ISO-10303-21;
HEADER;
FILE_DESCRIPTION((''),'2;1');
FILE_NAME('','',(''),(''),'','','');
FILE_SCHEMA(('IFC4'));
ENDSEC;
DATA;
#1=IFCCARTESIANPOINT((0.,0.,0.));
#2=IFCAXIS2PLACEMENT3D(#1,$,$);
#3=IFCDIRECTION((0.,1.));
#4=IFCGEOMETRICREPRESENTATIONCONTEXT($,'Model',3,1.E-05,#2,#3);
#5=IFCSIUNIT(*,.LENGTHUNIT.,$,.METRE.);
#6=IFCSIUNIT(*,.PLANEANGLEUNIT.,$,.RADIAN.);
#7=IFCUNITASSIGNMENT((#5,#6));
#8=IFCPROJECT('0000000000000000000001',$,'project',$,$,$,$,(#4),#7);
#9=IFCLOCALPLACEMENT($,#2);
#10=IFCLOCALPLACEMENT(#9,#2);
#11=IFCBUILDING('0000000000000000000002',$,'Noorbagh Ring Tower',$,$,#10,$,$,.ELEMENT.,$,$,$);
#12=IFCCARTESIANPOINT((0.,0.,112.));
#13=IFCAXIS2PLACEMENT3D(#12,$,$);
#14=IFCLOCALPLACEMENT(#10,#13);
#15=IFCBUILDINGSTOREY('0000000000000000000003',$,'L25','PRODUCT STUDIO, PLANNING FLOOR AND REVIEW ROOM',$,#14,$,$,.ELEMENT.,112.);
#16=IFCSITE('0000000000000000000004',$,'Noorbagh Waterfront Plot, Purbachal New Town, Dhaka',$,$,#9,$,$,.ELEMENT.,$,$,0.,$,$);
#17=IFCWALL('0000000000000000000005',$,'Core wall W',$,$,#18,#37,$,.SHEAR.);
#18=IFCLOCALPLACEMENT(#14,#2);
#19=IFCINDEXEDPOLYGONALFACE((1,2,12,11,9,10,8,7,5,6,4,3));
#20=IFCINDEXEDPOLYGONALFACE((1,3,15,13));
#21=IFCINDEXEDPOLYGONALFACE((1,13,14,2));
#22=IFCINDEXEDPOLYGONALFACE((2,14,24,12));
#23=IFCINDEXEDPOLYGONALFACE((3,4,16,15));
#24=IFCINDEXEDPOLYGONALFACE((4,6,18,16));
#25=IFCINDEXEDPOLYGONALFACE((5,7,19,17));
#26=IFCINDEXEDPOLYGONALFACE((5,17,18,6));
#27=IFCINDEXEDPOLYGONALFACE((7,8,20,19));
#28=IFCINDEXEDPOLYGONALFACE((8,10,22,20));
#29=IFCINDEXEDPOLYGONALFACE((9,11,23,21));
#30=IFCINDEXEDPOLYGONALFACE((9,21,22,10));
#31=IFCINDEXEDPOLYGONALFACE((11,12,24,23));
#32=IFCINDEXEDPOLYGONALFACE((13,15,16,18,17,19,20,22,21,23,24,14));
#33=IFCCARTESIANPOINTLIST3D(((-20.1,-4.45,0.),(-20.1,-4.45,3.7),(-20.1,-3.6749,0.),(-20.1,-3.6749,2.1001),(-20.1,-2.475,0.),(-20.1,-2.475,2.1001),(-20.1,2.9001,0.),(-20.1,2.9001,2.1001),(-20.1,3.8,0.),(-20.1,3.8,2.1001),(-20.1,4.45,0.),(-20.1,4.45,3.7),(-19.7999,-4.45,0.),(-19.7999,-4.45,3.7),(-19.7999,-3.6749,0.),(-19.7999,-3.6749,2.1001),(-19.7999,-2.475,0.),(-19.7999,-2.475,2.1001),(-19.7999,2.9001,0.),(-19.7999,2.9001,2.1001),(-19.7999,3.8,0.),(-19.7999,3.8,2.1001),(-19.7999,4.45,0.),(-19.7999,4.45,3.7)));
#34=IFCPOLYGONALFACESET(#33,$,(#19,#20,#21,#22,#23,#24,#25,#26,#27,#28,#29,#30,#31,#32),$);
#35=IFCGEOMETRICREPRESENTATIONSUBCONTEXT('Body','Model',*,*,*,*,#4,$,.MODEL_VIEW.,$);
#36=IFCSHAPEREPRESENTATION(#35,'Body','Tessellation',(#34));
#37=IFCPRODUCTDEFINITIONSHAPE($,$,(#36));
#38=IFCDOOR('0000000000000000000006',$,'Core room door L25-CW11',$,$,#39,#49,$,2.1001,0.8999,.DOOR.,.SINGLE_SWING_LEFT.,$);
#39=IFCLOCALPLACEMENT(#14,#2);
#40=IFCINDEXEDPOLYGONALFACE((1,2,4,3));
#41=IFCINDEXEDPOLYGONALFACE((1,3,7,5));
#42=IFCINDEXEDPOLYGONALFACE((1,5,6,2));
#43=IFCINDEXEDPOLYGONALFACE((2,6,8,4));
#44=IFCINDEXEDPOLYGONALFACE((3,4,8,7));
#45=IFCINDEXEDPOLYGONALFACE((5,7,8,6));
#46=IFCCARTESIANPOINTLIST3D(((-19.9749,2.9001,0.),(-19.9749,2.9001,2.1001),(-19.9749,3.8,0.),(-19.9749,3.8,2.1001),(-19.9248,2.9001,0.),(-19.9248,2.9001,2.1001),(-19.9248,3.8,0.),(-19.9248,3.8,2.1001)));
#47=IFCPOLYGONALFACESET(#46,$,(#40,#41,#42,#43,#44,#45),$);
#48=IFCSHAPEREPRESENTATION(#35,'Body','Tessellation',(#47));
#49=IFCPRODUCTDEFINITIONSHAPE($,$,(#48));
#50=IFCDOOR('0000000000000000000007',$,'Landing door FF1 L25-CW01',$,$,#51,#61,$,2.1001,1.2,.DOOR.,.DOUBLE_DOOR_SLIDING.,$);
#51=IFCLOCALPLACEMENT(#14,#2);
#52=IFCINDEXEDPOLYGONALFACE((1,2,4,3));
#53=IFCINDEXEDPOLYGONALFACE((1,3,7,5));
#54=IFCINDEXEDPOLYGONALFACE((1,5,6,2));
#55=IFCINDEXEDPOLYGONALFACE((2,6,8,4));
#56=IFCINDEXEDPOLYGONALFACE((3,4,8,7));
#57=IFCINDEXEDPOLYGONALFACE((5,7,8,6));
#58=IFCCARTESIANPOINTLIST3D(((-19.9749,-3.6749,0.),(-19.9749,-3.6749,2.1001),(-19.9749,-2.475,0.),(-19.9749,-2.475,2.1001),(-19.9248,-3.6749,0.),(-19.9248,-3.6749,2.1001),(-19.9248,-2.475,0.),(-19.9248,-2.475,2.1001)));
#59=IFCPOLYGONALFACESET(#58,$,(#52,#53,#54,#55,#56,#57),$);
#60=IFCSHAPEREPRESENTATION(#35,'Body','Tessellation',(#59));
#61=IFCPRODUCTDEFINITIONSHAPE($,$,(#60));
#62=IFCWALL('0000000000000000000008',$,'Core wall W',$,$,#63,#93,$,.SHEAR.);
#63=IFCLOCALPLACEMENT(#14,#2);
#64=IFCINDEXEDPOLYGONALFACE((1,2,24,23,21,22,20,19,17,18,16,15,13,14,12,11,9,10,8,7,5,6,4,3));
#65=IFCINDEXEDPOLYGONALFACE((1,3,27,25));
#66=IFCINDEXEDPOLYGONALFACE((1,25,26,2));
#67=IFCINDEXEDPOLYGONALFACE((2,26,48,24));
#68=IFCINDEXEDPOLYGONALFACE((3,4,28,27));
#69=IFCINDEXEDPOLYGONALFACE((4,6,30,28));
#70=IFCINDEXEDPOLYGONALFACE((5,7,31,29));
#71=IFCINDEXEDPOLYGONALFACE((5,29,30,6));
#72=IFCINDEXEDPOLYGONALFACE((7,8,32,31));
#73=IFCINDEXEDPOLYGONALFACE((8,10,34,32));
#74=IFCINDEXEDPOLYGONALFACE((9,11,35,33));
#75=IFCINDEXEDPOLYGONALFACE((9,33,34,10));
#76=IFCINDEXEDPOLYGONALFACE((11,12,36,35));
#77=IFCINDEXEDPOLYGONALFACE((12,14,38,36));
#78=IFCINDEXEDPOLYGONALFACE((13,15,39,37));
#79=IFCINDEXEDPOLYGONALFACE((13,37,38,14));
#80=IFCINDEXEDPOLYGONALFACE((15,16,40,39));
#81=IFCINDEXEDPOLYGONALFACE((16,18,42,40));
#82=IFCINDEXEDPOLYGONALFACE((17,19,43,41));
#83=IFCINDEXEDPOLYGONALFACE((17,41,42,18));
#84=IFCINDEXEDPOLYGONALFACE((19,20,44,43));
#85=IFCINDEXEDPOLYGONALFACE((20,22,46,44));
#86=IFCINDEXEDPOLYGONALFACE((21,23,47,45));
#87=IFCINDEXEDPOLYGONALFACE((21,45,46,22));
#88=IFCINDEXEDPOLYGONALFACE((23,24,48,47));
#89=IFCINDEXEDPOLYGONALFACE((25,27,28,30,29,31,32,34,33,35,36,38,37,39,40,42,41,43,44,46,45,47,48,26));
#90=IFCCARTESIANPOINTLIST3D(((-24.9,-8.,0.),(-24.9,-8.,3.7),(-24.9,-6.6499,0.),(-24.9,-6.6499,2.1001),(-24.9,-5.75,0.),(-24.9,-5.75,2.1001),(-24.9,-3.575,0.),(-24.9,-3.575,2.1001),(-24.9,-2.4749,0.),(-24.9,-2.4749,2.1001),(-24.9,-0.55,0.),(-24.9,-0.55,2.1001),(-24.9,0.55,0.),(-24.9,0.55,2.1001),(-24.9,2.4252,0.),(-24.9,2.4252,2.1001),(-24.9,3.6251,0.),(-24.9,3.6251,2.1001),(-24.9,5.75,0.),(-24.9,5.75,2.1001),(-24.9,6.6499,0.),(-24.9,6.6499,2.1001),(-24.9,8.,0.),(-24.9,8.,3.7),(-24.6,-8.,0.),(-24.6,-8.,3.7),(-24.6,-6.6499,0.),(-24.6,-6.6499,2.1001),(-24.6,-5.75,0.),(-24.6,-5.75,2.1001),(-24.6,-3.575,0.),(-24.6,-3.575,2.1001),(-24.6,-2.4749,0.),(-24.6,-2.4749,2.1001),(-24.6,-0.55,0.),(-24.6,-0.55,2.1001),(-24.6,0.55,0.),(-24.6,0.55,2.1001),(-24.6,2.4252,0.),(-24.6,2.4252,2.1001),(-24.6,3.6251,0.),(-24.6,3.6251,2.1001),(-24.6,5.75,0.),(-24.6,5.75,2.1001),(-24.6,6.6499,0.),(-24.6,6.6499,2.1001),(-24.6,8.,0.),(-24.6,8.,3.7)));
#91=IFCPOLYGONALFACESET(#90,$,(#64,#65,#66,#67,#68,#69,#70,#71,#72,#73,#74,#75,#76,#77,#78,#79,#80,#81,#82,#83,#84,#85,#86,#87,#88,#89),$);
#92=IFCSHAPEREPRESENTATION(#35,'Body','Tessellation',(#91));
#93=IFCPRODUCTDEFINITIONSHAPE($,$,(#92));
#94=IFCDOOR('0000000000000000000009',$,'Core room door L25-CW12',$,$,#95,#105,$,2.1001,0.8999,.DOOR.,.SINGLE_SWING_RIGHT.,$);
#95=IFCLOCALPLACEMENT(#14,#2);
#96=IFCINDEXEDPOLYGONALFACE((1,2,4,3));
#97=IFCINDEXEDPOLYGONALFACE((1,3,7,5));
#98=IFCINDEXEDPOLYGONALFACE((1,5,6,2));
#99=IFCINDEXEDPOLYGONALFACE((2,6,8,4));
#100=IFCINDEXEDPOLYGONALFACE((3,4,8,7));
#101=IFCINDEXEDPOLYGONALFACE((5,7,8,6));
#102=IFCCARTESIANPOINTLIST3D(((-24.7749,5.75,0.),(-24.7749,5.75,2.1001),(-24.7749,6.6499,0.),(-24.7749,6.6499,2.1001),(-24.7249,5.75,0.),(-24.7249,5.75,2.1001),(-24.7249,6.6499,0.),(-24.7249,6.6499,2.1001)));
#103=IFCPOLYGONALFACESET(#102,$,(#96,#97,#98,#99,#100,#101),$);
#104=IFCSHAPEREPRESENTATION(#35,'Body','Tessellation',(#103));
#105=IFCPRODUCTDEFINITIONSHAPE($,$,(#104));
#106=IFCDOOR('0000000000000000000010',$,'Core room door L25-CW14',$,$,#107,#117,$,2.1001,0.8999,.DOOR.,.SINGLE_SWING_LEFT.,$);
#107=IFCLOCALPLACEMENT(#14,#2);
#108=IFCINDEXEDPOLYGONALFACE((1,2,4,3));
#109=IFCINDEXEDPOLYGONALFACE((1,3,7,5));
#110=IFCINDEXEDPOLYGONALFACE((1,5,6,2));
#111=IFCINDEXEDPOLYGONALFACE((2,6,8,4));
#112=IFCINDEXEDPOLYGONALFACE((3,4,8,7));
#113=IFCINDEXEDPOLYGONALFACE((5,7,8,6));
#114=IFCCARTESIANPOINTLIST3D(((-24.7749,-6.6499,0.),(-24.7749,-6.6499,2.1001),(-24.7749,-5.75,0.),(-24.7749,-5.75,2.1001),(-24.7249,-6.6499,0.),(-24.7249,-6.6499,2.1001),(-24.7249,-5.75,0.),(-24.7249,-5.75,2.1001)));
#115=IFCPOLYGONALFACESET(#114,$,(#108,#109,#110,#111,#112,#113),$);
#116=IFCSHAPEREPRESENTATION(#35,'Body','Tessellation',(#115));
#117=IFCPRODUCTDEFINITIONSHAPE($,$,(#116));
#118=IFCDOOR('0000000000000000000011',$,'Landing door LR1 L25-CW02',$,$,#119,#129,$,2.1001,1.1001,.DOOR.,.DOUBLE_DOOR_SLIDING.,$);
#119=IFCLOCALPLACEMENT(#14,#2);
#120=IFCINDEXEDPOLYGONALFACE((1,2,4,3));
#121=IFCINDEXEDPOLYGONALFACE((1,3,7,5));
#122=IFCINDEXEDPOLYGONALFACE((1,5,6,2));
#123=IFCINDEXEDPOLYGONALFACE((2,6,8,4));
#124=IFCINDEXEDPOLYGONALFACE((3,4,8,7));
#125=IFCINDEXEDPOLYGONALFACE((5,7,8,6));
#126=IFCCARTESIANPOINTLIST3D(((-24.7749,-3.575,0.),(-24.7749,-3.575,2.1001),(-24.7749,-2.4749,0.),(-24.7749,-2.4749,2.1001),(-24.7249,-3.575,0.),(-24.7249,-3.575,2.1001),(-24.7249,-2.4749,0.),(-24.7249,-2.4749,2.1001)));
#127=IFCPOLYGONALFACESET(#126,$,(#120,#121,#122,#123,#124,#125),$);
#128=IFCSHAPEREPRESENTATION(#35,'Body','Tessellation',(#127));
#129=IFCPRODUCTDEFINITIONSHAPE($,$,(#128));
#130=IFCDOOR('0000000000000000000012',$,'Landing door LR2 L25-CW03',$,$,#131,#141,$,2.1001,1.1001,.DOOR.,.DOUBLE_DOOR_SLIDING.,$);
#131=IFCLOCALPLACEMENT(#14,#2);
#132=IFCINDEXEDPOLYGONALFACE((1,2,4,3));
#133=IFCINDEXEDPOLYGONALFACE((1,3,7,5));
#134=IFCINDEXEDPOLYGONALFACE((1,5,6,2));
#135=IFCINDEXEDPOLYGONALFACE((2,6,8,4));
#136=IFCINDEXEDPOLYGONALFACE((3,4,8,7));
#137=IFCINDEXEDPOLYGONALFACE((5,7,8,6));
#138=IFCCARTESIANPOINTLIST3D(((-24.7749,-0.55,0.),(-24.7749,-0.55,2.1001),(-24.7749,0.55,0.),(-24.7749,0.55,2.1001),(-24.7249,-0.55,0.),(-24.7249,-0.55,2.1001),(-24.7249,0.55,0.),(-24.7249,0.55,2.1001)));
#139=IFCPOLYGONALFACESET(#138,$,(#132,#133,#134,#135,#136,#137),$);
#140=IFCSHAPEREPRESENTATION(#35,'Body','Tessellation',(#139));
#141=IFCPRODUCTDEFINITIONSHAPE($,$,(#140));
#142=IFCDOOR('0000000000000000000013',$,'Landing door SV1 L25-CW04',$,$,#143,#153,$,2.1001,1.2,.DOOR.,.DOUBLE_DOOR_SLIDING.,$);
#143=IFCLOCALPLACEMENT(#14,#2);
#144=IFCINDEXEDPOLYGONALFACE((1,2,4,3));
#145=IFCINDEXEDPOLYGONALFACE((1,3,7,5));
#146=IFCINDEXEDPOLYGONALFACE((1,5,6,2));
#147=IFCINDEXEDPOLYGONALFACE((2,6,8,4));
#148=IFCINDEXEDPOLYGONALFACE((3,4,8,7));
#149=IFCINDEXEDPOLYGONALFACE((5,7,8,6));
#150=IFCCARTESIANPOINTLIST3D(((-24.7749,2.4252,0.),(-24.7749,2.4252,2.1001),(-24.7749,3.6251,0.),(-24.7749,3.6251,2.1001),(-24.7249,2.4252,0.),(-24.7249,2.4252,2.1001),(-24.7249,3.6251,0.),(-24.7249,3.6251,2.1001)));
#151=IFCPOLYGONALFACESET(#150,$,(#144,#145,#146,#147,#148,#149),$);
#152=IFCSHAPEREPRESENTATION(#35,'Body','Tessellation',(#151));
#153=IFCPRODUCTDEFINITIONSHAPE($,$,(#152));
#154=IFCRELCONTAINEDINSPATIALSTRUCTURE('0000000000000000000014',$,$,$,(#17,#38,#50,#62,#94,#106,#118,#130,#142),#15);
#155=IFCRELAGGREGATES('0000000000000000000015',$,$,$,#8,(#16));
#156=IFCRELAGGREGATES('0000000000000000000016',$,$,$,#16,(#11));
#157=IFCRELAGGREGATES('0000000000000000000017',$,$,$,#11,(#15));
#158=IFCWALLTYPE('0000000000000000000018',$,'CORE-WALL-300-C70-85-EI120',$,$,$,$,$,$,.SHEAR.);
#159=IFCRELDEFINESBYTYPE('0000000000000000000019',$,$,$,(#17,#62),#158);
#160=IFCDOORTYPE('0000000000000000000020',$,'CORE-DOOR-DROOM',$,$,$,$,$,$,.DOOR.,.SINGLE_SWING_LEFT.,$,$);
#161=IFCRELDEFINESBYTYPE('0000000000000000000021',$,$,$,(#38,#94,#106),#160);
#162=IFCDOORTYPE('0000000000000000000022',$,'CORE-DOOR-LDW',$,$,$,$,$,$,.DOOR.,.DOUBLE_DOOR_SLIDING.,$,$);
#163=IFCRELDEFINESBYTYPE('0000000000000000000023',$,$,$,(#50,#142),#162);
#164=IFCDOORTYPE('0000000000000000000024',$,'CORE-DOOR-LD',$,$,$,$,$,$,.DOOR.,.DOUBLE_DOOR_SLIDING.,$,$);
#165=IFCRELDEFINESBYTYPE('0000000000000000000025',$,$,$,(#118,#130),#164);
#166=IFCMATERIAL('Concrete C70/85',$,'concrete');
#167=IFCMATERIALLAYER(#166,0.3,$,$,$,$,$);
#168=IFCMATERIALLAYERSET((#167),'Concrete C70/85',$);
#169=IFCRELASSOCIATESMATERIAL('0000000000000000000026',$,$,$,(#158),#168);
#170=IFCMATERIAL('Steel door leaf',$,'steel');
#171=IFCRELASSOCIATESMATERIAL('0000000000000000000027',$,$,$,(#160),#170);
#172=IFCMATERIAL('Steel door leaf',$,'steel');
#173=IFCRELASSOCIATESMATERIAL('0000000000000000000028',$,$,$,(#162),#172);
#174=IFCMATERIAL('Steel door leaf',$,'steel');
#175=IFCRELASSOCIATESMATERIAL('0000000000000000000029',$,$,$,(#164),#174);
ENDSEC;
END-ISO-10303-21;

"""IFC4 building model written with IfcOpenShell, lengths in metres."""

from ifc_helpers import new_model, si_unit, direction, frame, frame_2d, origin, place, context, subcontext, project, spatial, rectangle, extrude, material, layer, layer_set, type_object, element, fill, save


model = new_model("IFC4")

# Units and contexts
model_context = context("Model", 3, precision=1e-05, world=origin(), true_north=direction((0.0, 1.0)))
body_context = subcontext(model_context, "Body", "Model", "MODEL_VIEW")
ifc_project = project(units=[si_unit("LENGTHUNIT", "METRE"), si_unit("PLANEANGLEUNIT", "RADIAN")], contexts=[model_context])

# Site, building, storey
site_placement = place(None, origin())
site = spatial("IfcSite", under=ifc_project, at=site_placement, Name="Noorbagh Waterfront Plot, Purbachal New Town, Dhaka", CompositionType="ELEMENT", RefElevation=0.0)
building_placement = place(site_placement, origin())
building = spatial("IfcBuilding", under=site, at=building_placement, Name="Noorbagh Ring Tower", CompositionType="ELEMENT")
storey_placement = place(building_placement, frame((0.0, 0.0, 112.0)))
storey = spatial("IfcBuildingStorey", under=building, at=storey_placement, Name="L25", Description="PRODUCT STUDIO, PLANNING FLOOR AND REVIEW ROOM", CompositionType="ELEMENT", Elevation=112.0)

# Shared definitions
ifc_material_1 = material(Name="Concrete C70/85", Category="concrete")
ifc_layer_1 = layer(ifc_material_1, 0.3)
ifc_layer_set_1 = layer_set([ifc_layer_1], Name="Concrete C70/85")
wall_type_1 = type_object("IfcWallType", Name="CORE-WALL-300-C70-85-EI120", PredefinedType="SHEAR", material=ifc_layer_set_1)

# Walls, openings, doors
wall_1_placement = place(storey_placement, frame((-19.95, -4.45, 0.0), z_axis=(0.0, 0.0, 1.0), x_axis=(0.0, 1.0, 0.0)))
wall_1 = element("IfcWall", 1, at=wall_1_placement, inside=storey, type_object=wall_type_1, Name="Core wall W", PredefinedType="SHEAR", context=body_context, shape_type="SweptSolid", body=[
    extrude(rectangle(XDim=8.8999, YDim=0.3, at=frame_2d((4.45, 0.0))), origin(), (0.0, 0.0, 1.0), 3.7),
])
opening_1_placement = place(wall_1_placement, frame((0.7749, 0.0, 0.0)))
opening_1 = element("IfcOpeningElement", 2, at=opening_1_placement, cuts=wall_1, PredefinedType="OPENING", context=body_context, shape_type="SweptSolid", body=[
    extrude(rectangle(XDim=1.2, YDim=2.1001, at=frame_2d((0.6001, 1.05))), frame((0.0, 0.1602, 0.0), z_axis=(0.0, -1.0, 0.0), x_axis=(1.0, 0.0, 0.0)), (0.0, 0.0, 1.0), 0.3201),
])
opening_2_placement = place(wall_1_placement, frame((7.3501, 0.0, 0.0)))
opening_2 = element("IfcOpeningElement", 3, at=opening_2_placement, cuts=wall_1, PredefinedType="OPENING", context=body_context, shape_type="SweptSolid", body=[
    extrude(rectangle(XDim=0.8999, YDim=2.1001, at=frame_2d((0.45, 1.05))), frame((0.0, 0.1602, 0.0), z_axis=(0.0, -1.0, 0.0), x_axis=(1.0, 0.0, 0.0)), (0.0, 0.0, 1.0), 0.3201),
])
ifc_material_2 = material(Name="Steel door leaf", Category="steel")
door_type_1 = type_object("IfcDoorType", Name="CORE-DOOR-DROOM", OperationType="SINGLE_SWING_LEFT", PredefinedType="DOOR", material=ifc_material_2)
door_1_placement = place(opening_2_placement, origin())
door_1 = element("IfcDoor", 4, at=door_1_placement, inside=storey, type_object=door_type_1, Name="Core room door L25-CW11", OperationType="SINGLE_SWING_LEFT", OverallHeight=2.1001, OverallWidth=0.8999, PredefinedType="DOOR", context=body_context, shape_type="SweptSolid", body=[
    extrude(rectangle(XDim=0.8999, YDim=2.1001, at=frame_2d((0.45, 1.05))), frame((0.0, 0.0249, 0.0), z_axis=(0.0, -1.0, 0.0), x_axis=(1.0, 0.0, 0.0)), (0.0, 0.0, 1.0), 0.05),
])
fill(opening_2, door_1)
ifc_material_3 = material(Name="Steel door leaf", Category="steel")
door_type_2 = type_object("IfcDoorType", Name="CORE-DOOR-LDW", OperationType="DOUBLE_DOOR_SLIDING", PredefinedType="DOOR", material=ifc_material_3)
door_2_placement = place(opening_1_placement, origin())
door_2 = element("IfcDoor", 5, at=door_2_placement, inside=storey, type_object=door_type_2, Name="Landing door FF1 L25-CW01", OperationType="DOUBLE_DOOR_SLIDING", OverallHeight=2.1001, OverallWidth=1.2, PredefinedType="DOOR", context=body_context, shape_type="SweptSolid", body=[
    extrude(rectangle(XDim=1.2, YDim=2.1001, at=frame_2d((0.6001, 1.05))), frame((0.0, 0.0249, 0.0), z_axis=(0.0, -1.0, 0.0), x_axis=(1.0, 0.0, 0.0)), (0.0, 0.0, 1.0), 0.05),
])
fill(opening_1, door_2)
wall_2_placement = place(storey_placement, frame((-24.75, -8.0, 0.0), z_axis=(0.0, 0.0, 1.0), x_axis=(0.0, 1.0, 0.0)))
wall_2 = element("IfcWall", 6, at=wall_2_placement, inside=storey, type_object=wall_type_1, Name="Core wall W", PredefinedType="SHEAR", context=body_context, shape_type="SweptSolid", body=[
    extrude(rectangle(XDim=16.0, YDim=0.3, at=frame_2d((8.0, 0.0))), origin(), (0.0, 0.0, 1.0), 3.7),
])
opening_3_placement = place(wall_2_placement, frame((4.425, 0.0, 0.0)))
opening_3 = element("IfcOpeningElement", 7, at=opening_3_placement, cuts=wall_2, PredefinedType="OPENING", context=body_context, shape_type="SweptSolid", body=[
    extrude(rectangle(XDim=1.1001, YDim=2.1001, at=frame_2d((0.55, 1.05))), frame((0.0, 0.1602, 0.0), z_axis=(0.0, -1.0, 0.0), x_axis=(1.0, 0.0, 0.0)), (0.0, 0.0, 1.0), 0.3201),
])
opening_4_placement = place(wall_2_placement, frame((7.45, 0.0, 0.0)))
opening_4 = element("IfcOpeningElement", 8, at=opening_4_placement, cuts=wall_2, PredefinedType="OPENING", context=body_context, shape_type="SweptSolid", body=[
    extrude(rectangle(XDim=1.1001, YDim=2.1001, at=frame_2d((0.55, 1.05))), frame((0.0, 0.1602, 0.0), z_axis=(0.0, -1.0, 0.0), x_axis=(1.0, 0.0, 0.0)), (0.0, 0.0, 1.0), 0.3201),
])
opening_5_placement = place(wall_2_placement, frame((10.425, 0.0, 0.0)))
opening_5 = element("IfcOpeningElement", 9, at=opening_5_placement, cuts=wall_2, PredefinedType="OPENING", context=body_context, shape_type="SweptSolid", body=[
    extrude(rectangle(XDim=1.2, YDim=2.1001, at=frame_2d((0.6001, 1.05))), frame((0.0, 0.1602, 0.0), z_axis=(0.0, -1.0, 0.0), x_axis=(1.0, 0.0, 0.0)), (0.0, 0.0, 1.0), 0.3201),
])
opening_6_placement = place(wall_2_placement, frame((13.75, 0.0, 0.0)))
opening_6 = element("IfcOpeningElement", 10, at=opening_6_placement, cuts=wall_2, PredefinedType="OPENING", context=body_context, shape_type="SweptSolid", body=[
    extrude(rectangle(XDim=0.8999, YDim=2.1001, at=frame_2d((0.45, 1.05))), frame((0.0, 0.1602, 0.0), z_axis=(0.0, -1.0, 0.0), x_axis=(1.0, 0.0, 0.0)), (0.0, 0.0, 1.0), 0.3201),
])
opening_7_placement = place(wall_2_placement, frame((1.3501, 0.0, 0.0)))
opening_7 = element("IfcOpeningElement", 11, at=opening_7_placement, cuts=wall_2, PredefinedType="OPENING", context=body_context, shape_type="SweptSolid", body=[
    extrude(rectangle(XDim=0.8999, YDim=2.1001, at=frame_2d((0.45, 1.05))), frame((0.0, 0.1602, 0.0), z_axis=(0.0, -1.0, 0.0), x_axis=(1.0, 0.0, 0.0)), (0.0, 0.0, 1.0), 0.3201),
])
door_3_placement = place(opening_6_placement, origin())
door_3 = element("IfcDoor", 12, at=door_3_placement, inside=storey, type_object=door_type_1, Name="Core room door L25-CW12", OperationType="SINGLE_SWING_RIGHT", OverallHeight=2.1001, OverallWidth=0.8999, PredefinedType="DOOR", context=body_context, shape_type="SweptSolid", body=[
    extrude(rectangle(XDim=0.8999, YDim=2.1001, at=frame_2d((0.45, 1.05))), frame((0.0, 0.0249, 0.0), z_axis=(0.0, -1.0, 0.0), x_axis=(1.0, 0.0, 0.0)), (0.0, 0.0, 1.0), 0.05),
])
fill(opening_6, door_3)
door_4_placement = place(opening_7_placement, origin())
door_4 = element("IfcDoor", 13, at=door_4_placement, inside=storey, type_object=door_type_1, Name="Core room door L25-CW14", OperationType="SINGLE_SWING_LEFT", OverallHeight=2.1001, OverallWidth=0.8999, PredefinedType="DOOR", context=body_context, shape_type="SweptSolid", body=[
    extrude(rectangle(XDim=0.8999, YDim=2.1001, at=frame_2d((0.45, 1.05))), frame((0.0, 0.0249, 0.0), z_axis=(0.0, -1.0, 0.0), x_axis=(1.0, 0.0, 0.0)), (0.0, 0.0, 1.0), 0.05),
])
fill(opening_7, door_4)
ifc_material_4 = material(Name="Steel door leaf", Category="steel")
door_type_3 = type_object("IfcDoorType", Name="CORE-DOOR-LD", OperationType="DOUBLE_DOOR_SLIDING", PredefinedType="DOOR", material=ifc_material_4)
door_5_placement = place(opening_3_placement, origin())
door_5 = element("IfcDoor", 14, at=door_5_placement, inside=storey, type_object=door_type_3, Name="Landing door LR1 L25-CW02", OperationType="DOUBLE_DOOR_SLIDING", OverallHeight=2.1001, OverallWidth=1.1001, PredefinedType="DOOR", context=body_context, shape_type="SweptSolid", body=[
    extrude(rectangle(XDim=1.1001, YDim=2.1001, at=frame_2d((0.55, 1.05))), frame((0.0, 0.0249, 0.0), z_axis=(0.0, -1.0, 0.0), x_axis=(1.0, 0.0, 0.0)), (0.0, 0.0, 1.0), 0.05),
])
fill(opening_3, door_5)
door_6_placement = place(opening_4_placement, origin())
door_6 = element("IfcDoor", 15, at=door_6_placement, inside=storey, type_object=door_type_3, Name="Landing door LR2 L25-CW03", OperationType="DOUBLE_DOOR_SLIDING", OverallHeight=2.1001, OverallWidth=1.1001, PredefinedType="DOOR", context=body_context, shape_type="SweptSolid", body=[
    extrude(rectangle(XDim=1.1001, YDim=2.1001, at=frame_2d((0.55, 1.05))), frame((0.0, 0.0249, 0.0), z_axis=(0.0, -1.0, 0.0), x_axis=(1.0, 0.0, 0.0)), (0.0, 0.0, 1.0), 0.05),
])
fill(opening_4, door_6)
door_7_placement = place(opening_5_placement, origin())
door_7 = element("IfcDoor", 16, at=door_7_placement, inside=storey, type_object=door_type_2, Name="Landing door SV1 L25-CW04", OperationType="DOUBLE_DOOR_SLIDING", OverallHeight=2.1001, OverallWidth=1.2, PredefinedType="DOOR", context=body_context, shape_type="SweptSolid", body=[
    extrude(rectangle(XDim=1.2, YDim=2.1001, at=frame_2d((0.6001, 1.05))), frame((0.0, 0.0249, 0.0), z_axis=(0.0, -1.0, 0.0), x_axis=(1.0, 0.0, 0.0)), (0.0, 0.0, 1.0), 0.05),
])
fill(opening_5, door_7)

save(model, "model.ifc")
